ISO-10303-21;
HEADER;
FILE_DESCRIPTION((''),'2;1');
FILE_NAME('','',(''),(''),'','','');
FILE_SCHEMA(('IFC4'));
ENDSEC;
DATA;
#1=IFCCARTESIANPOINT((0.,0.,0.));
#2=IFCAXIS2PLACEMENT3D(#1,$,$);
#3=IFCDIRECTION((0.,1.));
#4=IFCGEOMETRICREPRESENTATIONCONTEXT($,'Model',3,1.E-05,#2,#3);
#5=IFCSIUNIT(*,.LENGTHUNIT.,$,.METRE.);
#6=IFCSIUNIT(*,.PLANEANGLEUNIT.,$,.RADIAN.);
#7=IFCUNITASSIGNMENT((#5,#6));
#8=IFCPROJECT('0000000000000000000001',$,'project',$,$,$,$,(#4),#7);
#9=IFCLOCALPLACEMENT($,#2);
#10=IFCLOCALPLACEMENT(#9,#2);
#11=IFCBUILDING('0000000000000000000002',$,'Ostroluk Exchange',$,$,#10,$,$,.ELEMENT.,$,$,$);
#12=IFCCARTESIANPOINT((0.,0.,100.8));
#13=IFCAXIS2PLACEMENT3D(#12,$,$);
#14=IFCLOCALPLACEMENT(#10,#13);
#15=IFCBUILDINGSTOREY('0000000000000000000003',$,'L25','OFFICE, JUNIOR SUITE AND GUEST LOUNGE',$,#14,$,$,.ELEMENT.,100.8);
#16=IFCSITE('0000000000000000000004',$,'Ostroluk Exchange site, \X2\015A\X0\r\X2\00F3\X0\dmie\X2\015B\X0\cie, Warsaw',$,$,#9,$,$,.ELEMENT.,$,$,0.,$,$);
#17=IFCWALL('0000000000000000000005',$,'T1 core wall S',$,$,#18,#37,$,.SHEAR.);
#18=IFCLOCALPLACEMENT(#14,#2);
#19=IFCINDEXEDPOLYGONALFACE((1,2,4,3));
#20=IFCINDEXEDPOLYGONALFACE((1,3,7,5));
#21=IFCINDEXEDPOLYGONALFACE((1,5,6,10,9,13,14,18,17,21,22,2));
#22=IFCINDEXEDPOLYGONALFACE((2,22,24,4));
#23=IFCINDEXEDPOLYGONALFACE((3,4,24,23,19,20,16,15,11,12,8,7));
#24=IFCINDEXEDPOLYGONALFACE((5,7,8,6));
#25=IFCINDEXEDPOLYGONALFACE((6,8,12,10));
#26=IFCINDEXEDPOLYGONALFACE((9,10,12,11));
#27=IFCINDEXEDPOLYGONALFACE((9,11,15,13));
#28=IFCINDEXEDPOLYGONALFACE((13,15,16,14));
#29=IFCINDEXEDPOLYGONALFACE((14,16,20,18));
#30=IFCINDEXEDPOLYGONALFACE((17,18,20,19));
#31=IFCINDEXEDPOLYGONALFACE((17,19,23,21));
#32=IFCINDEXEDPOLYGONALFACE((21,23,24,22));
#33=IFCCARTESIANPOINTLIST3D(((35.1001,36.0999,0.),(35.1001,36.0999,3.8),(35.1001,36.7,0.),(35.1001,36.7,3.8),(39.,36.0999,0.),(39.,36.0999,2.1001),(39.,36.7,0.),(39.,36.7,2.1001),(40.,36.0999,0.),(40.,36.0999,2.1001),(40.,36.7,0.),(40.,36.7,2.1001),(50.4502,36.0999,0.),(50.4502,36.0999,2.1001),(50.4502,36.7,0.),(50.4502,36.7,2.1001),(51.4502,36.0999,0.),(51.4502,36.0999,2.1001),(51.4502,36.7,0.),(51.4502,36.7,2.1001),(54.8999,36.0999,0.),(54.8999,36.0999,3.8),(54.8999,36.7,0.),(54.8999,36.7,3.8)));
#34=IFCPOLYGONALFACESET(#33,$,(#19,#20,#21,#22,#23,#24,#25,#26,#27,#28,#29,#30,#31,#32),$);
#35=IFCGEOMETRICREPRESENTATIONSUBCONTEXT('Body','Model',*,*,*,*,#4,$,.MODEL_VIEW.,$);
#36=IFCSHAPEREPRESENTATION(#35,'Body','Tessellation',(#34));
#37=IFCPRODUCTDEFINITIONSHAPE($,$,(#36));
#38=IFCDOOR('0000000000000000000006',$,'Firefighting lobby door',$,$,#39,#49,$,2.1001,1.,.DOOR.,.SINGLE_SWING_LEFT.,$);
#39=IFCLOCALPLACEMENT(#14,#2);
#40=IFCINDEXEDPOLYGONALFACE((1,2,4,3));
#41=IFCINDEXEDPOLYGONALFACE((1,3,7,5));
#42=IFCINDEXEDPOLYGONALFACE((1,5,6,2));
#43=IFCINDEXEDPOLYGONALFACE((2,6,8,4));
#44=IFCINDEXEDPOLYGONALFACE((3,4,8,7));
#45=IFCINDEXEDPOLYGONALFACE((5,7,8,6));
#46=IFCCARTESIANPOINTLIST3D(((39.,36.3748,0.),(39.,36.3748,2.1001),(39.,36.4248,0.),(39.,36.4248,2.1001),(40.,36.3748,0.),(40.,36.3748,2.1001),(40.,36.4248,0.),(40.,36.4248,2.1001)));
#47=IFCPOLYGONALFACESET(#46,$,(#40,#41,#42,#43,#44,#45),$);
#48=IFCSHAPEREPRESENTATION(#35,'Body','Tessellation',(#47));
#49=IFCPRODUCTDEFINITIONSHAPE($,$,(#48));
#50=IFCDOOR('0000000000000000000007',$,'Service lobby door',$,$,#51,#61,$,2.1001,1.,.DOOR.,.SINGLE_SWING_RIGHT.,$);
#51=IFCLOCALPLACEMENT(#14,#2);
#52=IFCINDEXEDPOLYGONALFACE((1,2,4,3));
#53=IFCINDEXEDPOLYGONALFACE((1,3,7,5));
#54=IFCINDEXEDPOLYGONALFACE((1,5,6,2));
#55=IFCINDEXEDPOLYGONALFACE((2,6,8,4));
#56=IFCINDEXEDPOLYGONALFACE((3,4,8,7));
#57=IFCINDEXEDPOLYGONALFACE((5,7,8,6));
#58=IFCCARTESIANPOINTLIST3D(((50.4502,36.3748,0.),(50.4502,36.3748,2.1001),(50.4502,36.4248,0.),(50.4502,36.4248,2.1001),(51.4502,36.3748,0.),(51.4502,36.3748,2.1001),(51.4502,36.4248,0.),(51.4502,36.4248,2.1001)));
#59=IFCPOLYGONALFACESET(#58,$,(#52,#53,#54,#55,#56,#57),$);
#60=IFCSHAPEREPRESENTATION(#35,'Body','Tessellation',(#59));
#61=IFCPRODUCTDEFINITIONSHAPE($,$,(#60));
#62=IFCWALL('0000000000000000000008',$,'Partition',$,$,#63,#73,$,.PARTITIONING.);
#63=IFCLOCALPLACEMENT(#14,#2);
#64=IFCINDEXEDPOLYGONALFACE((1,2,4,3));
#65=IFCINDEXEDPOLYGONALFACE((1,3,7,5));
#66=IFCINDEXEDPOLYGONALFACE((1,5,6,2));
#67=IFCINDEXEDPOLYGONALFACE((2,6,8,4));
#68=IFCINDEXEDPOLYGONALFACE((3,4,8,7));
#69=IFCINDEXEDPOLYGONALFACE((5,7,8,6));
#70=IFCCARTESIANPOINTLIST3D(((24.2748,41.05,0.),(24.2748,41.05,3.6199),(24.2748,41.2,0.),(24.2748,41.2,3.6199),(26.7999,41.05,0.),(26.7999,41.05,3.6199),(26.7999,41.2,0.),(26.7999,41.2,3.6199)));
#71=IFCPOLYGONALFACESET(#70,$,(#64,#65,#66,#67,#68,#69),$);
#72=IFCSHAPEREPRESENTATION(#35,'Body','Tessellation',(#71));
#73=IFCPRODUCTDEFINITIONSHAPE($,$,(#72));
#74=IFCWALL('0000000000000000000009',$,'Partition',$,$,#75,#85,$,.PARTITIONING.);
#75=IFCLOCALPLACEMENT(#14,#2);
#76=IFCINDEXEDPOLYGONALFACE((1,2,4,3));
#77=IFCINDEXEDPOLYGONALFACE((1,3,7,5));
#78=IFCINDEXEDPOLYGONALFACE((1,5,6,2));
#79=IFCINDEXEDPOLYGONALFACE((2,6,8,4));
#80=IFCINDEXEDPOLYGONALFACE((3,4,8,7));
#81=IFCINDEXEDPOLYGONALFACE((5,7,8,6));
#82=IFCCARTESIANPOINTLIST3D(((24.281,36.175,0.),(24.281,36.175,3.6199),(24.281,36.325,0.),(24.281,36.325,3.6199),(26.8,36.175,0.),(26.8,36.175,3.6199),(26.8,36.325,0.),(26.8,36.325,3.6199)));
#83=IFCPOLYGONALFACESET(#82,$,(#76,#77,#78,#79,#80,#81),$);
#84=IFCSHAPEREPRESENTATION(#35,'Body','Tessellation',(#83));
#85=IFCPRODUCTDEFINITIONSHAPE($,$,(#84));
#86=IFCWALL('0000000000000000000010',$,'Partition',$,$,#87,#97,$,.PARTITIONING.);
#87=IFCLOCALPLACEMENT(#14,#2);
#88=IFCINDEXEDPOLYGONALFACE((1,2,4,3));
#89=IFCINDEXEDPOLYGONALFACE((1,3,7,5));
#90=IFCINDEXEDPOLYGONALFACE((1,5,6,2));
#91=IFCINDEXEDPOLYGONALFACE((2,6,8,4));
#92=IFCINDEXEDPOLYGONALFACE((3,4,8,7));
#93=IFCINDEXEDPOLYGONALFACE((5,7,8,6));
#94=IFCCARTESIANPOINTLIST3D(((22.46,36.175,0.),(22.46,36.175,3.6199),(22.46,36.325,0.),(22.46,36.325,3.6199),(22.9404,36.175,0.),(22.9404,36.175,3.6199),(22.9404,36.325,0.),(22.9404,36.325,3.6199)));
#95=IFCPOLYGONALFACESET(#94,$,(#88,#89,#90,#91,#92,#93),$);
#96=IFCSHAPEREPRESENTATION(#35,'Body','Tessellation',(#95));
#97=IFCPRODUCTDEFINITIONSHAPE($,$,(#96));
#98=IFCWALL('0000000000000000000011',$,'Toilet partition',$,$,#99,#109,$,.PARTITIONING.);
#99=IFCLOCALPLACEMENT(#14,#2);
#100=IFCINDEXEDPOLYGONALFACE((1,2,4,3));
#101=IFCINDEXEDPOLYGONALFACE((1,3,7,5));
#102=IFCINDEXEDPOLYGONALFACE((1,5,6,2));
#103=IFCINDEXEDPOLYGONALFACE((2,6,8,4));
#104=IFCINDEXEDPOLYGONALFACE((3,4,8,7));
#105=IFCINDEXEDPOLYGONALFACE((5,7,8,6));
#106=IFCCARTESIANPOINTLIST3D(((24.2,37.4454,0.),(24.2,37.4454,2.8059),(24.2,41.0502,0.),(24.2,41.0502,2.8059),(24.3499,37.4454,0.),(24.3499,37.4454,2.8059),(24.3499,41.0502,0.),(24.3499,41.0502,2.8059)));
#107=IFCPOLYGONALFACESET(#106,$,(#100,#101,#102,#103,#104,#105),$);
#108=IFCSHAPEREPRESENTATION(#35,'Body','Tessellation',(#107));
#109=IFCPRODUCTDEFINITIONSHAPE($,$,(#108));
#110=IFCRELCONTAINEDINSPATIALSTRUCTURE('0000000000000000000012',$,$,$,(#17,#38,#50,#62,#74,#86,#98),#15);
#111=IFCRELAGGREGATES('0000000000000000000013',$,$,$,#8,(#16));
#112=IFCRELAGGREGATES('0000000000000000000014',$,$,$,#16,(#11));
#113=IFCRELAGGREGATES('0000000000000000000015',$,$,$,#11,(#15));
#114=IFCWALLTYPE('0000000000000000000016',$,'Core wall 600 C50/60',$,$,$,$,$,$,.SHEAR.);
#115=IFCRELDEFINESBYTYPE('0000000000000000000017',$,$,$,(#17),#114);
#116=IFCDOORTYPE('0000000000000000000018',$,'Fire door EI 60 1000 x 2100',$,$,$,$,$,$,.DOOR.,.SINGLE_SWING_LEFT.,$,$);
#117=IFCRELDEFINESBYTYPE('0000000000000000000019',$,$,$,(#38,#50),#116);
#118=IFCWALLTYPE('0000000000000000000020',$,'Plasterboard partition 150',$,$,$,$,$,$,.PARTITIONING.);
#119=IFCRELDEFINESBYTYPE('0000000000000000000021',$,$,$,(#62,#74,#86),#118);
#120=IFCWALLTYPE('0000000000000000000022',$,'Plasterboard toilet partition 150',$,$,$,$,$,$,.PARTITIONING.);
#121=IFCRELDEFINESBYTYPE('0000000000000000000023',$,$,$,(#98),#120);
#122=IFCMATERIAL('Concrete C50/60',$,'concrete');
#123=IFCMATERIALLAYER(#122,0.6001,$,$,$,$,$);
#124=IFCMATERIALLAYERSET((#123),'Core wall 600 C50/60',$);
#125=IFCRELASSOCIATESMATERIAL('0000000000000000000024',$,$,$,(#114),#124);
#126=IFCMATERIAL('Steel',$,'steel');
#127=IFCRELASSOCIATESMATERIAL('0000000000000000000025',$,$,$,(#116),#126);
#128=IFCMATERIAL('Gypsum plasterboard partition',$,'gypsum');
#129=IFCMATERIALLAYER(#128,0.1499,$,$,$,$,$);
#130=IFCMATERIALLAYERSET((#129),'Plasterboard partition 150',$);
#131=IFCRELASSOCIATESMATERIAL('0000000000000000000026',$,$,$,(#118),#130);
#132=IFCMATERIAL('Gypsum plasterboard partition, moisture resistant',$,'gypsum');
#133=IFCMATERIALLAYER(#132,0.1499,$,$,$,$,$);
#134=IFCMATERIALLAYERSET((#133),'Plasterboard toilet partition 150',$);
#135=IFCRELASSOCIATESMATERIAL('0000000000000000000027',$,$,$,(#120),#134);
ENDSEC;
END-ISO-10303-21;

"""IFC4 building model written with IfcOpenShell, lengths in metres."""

from ifc_helpers import new_model, si_unit, direction, frame, frame_2d, origin, place, context, subcontext, project, spatial, rectangle, extrude, material, layer, layer_set, type_object, element, fill, save


model = new_model("IFC4")

# Units and contexts
model_context = context("Model", 3, precision=1e-05, world=origin(), true_north=direction((0.0, 1.0)))
body_context = subcontext(model_context, "Body", "Model", "MODEL_VIEW")
ifc_project = project(units=[si_unit("LENGTHUNIT", "METRE"), si_unit("PLANEANGLEUNIT", "RADIAN")], contexts=[model_context])

# Site, building, storey
site_placement = place(None, origin())
site = spatial("IfcSite", under=ifc_project, at=site_placement, Name="Ostroluk Exchange site, Śródmieście, Warsaw", CompositionType="ELEMENT", RefElevation=0.0)
building_placement = place(site_placement, origin())
building = spatial("IfcBuilding", under=site, at=building_placement, Name="Ostroluk Exchange", CompositionType="ELEMENT")
storey_placement = place(building_placement, frame((0.0, 0.0, 100.8)))
storey = spatial("IfcBuildingStorey", under=building, at=storey_placement, Name="L25", Description="OFFICE, JUNIOR SUITE AND GUEST LOUNGE", CompositionType="ELEMENT", Elevation=100.8)

# Wall, openings, doors
ifc_material_1 = material(Name="Concrete C50/60", Category="concrete")
ifc_layer_1 = layer(ifc_material_1, 0.6001)
ifc_layer_set_1 = layer_set([ifc_layer_1], Name="Core wall 600 C50/60")
wall_type_1 = type_object("IfcWallType", Name="Core wall 600 C50/60", PredefinedType="SHEAR", material=ifc_layer_set_1)
wall_1_placement = place(storey_placement, frame((35.1001, 36.3999, 0.0), z_axis=(0.0, 0.0, 1.0), x_axis=(1.0, 0.0, 0.0)))
wall_1 = element("IfcWall", 1, at=wall_1_placement, inside=storey, type_object=wall_type_1, Name="T1 core wall S", PredefinedType="SHEAR", context=body_context, shape_type="SweptSolid", body=[
    extrude(rectangle(XDim=19.7998, YDim=0.6001, at=frame_2d((9.8999, 0.0))), origin(), (0.0, 0.0, 1.0), 3.8),
])
opening_1_placement = place(wall_1_placement, frame((3.8999, 0.0, 0.0)))
opening_1 = element("IfcOpeningElement", 2, at=opening_1_placement, cuts=wall_1, PredefinedType="OPENING", context=body_context, shape_type="SweptSolid", body=[
    extrude(rectangle(XDim=1.0, YDim=2.1001, at=frame_2d((0.5, 1.05))), frame((0.0, 0.3101, 0.0), z_axis=(0.0, -1.0, 0.0), x_axis=(1.0, 0.0, 0.0)), (0.0, 0.0, 1.0), 0.6201),
])
opening_2_placement = place(wall_1_placement, frame((15.3501, 0.0, 0.0)))
opening_2 = element("IfcOpeningElement", 3, at=opening_2_placement, cuts=wall_1, PredefinedType="OPENING", context=body_context, shape_type="SweptSolid", body=[
    extrude(rectangle(XDim=1.0, YDim=2.1001, at=frame_2d((0.5, 1.05))), frame((0.0, 0.3101, 0.0), z_axis=(0.0, -1.0, 0.0), x_axis=(1.0, 0.0, 0.0)), (0.0, 0.0, 1.0), 0.6201),
])
ifc_material_2 = material(Name="Steel", Category="steel")
door_type_1 = type_object("IfcDoorType", Name="Fire door EI 60 1000 x 2100", OperationType="SINGLE_SWING_LEFT", PredefinedType="DOOR", material=ifc_material_2)
door_1_placement = place(opening_1_placement, origin())
door_1 = element("IfcDoor", 4, at=door_1_placement, inside=storey, type_object=door_type_1, Name="Firefighting lobby door", OperationType="SINGLE_SWING_LEFT", OverallHeight=2.1001, OverallWidth=1.0, PredefinedType="DOOR", context=body_context, shape_type="SweptSolid", body=[
    extrude(rectangle(XDim=1.0, YDim=2.1001, at=frame_2d((0.5, 1.05))), frame((0.0, 0.0249, 0.0), z_axis=(0.0, -1.0, 0.0), x_axis=(1.0, 0.0, 0.0)), (0.0, 0.0, 1.0), 0.05),
])
fill(opening_1, door_1)
door_2_placement = place(opening_2_placement, origin())
door_2 = element("IfcDoor", 5, at=door_2_placement, inside=storey, type_object=door_type_1, Name="Service lobby door", OperationType="SINGLE_SWING_RIGHT", OverallHeight=2.1001, OverallWidth=1.0, PredefinedType="DOOR", context=body_context, shape_type="SweptSolid", body=[
    extrude(rectangle(XDim=1.0, YDim=2.1001, at=frame_2d((0.5, 1.05))), frame((0.0, 0.0249, 0.0), z_axis=(0.0, -1.0, 0.0), x_axis=(1.0, 0.0, 0.0)), (0.0, 0.0, 1.0), 0.05),
])
fill(opening_2, door_2)

# Walls
ifc_material_3 = material(Name="Gypsum plasterboard partition", Category="gypsum")
ifc_layer_2 = layer(ifc_material_3, 0.1499)
ifc_layer_set_2 = layer_set([ifc_layer_2], Name="Plasterboard partition 150")
wall_type_2 = type_object("IfcWallType", Name="Plasterboard partition 150", PredefinedType="PARTITIONING", material=ifc_layer_set_2)
wall_2_placement = place(storey_placement, frame((26.8, 41.125, 0.0), z_axis=(0.0, 0.0, 1.0), x_axis=(-1.0, 0.0, 0.0)))
element("IfcWall", 6, at=wall_2_placement, inside=storey, type_object=wall_type_2, Name="Partition", PredefinedType="PARTITIONING", context=body_context, shape_type="SweptSolid", body=[
    extrude(rectangle(XDim=2.5251, YDim=0.1499, at=frame_2d((1.2627, 0.0))), origin(), (0.0, 0.0, 1.0), 3.6199),
])
wall_3_placement = place(storey_placement, frame((26.8, 36.25, 0.0), z_axis=(0.0, 0.0, 1.0), x_axis=(-1.0, 0.0, 0.0)))
element("IfcWall", 7, at=wall_3_placement, inside=storey, type_object=wall_type_2, Name="Partition", PredefinedType="PARTITIONING", context=body_context, shape_type="SweptSolid", body=[
    extrude(rectangle(XDim=2.519, YDim=0.1499, at=frame_2d((1.2595, 0.0))), origin(), (0.0, 0.0, 1.0), 3.6199),
])
wall_4_placement = place(storey_placement, frame((22.9404, 36.25, 0.0), z_axis=(0.0, 0.0, 1.0), x_axis=(-1.0, 0.0, 0.0)))
element("IfcWall", 8, at=wall_4_placement, inside=storey, type_object=wall_type_2, Name="Partition", PredefinedType="PARTITIONING", context=body_context, shape_type="SweptSolid", body=[
    extrude(rectangle(XDim=0.4805, YDim=0.1499, at=frame_2d((0.2402, 0.0))), origin(), (0.0, 0.0, 1.0), 3.6199),
])
ifc_material_4 = material(Name="Gypsum plasterboard partition, moisture resistant", Category="gypsum")
ifc_layer_3 = layer(ifc_material_4, 0.1499)
ifc_layer_set_3 = layer_set([ifc_layer_3], Name="Plasterboard toilet partition 150")
wall_type_3 = type_object("IfcWallType", Name="Plasterboard toilet partition 150", PredefinedType="PARTITIONING", material=ifc_layer_set_3)
wall_5_placement = place(storey_placement, frame((24.2749, 41.05, 0.0), z_axis=(0.0, 0.0, 1.0), x_axis=(0.0, -1.0, 0.0)))
element("IfcWall", 9, at=wall_5_placement, inside=storey, type_object=wall_type_3, Name="Toilet partition", PredefinedType="PARTITIONING", context=body_context, shape_type="SweptSolid", body=[
    extrude(rectangle(XDim=3.6047, YDim=0.1499, at=frame_2d((1.8022, 0.0))), origin(), (0.0, 0.0, 1.0), 2.8059),
])

save(model, "model.ifc")
